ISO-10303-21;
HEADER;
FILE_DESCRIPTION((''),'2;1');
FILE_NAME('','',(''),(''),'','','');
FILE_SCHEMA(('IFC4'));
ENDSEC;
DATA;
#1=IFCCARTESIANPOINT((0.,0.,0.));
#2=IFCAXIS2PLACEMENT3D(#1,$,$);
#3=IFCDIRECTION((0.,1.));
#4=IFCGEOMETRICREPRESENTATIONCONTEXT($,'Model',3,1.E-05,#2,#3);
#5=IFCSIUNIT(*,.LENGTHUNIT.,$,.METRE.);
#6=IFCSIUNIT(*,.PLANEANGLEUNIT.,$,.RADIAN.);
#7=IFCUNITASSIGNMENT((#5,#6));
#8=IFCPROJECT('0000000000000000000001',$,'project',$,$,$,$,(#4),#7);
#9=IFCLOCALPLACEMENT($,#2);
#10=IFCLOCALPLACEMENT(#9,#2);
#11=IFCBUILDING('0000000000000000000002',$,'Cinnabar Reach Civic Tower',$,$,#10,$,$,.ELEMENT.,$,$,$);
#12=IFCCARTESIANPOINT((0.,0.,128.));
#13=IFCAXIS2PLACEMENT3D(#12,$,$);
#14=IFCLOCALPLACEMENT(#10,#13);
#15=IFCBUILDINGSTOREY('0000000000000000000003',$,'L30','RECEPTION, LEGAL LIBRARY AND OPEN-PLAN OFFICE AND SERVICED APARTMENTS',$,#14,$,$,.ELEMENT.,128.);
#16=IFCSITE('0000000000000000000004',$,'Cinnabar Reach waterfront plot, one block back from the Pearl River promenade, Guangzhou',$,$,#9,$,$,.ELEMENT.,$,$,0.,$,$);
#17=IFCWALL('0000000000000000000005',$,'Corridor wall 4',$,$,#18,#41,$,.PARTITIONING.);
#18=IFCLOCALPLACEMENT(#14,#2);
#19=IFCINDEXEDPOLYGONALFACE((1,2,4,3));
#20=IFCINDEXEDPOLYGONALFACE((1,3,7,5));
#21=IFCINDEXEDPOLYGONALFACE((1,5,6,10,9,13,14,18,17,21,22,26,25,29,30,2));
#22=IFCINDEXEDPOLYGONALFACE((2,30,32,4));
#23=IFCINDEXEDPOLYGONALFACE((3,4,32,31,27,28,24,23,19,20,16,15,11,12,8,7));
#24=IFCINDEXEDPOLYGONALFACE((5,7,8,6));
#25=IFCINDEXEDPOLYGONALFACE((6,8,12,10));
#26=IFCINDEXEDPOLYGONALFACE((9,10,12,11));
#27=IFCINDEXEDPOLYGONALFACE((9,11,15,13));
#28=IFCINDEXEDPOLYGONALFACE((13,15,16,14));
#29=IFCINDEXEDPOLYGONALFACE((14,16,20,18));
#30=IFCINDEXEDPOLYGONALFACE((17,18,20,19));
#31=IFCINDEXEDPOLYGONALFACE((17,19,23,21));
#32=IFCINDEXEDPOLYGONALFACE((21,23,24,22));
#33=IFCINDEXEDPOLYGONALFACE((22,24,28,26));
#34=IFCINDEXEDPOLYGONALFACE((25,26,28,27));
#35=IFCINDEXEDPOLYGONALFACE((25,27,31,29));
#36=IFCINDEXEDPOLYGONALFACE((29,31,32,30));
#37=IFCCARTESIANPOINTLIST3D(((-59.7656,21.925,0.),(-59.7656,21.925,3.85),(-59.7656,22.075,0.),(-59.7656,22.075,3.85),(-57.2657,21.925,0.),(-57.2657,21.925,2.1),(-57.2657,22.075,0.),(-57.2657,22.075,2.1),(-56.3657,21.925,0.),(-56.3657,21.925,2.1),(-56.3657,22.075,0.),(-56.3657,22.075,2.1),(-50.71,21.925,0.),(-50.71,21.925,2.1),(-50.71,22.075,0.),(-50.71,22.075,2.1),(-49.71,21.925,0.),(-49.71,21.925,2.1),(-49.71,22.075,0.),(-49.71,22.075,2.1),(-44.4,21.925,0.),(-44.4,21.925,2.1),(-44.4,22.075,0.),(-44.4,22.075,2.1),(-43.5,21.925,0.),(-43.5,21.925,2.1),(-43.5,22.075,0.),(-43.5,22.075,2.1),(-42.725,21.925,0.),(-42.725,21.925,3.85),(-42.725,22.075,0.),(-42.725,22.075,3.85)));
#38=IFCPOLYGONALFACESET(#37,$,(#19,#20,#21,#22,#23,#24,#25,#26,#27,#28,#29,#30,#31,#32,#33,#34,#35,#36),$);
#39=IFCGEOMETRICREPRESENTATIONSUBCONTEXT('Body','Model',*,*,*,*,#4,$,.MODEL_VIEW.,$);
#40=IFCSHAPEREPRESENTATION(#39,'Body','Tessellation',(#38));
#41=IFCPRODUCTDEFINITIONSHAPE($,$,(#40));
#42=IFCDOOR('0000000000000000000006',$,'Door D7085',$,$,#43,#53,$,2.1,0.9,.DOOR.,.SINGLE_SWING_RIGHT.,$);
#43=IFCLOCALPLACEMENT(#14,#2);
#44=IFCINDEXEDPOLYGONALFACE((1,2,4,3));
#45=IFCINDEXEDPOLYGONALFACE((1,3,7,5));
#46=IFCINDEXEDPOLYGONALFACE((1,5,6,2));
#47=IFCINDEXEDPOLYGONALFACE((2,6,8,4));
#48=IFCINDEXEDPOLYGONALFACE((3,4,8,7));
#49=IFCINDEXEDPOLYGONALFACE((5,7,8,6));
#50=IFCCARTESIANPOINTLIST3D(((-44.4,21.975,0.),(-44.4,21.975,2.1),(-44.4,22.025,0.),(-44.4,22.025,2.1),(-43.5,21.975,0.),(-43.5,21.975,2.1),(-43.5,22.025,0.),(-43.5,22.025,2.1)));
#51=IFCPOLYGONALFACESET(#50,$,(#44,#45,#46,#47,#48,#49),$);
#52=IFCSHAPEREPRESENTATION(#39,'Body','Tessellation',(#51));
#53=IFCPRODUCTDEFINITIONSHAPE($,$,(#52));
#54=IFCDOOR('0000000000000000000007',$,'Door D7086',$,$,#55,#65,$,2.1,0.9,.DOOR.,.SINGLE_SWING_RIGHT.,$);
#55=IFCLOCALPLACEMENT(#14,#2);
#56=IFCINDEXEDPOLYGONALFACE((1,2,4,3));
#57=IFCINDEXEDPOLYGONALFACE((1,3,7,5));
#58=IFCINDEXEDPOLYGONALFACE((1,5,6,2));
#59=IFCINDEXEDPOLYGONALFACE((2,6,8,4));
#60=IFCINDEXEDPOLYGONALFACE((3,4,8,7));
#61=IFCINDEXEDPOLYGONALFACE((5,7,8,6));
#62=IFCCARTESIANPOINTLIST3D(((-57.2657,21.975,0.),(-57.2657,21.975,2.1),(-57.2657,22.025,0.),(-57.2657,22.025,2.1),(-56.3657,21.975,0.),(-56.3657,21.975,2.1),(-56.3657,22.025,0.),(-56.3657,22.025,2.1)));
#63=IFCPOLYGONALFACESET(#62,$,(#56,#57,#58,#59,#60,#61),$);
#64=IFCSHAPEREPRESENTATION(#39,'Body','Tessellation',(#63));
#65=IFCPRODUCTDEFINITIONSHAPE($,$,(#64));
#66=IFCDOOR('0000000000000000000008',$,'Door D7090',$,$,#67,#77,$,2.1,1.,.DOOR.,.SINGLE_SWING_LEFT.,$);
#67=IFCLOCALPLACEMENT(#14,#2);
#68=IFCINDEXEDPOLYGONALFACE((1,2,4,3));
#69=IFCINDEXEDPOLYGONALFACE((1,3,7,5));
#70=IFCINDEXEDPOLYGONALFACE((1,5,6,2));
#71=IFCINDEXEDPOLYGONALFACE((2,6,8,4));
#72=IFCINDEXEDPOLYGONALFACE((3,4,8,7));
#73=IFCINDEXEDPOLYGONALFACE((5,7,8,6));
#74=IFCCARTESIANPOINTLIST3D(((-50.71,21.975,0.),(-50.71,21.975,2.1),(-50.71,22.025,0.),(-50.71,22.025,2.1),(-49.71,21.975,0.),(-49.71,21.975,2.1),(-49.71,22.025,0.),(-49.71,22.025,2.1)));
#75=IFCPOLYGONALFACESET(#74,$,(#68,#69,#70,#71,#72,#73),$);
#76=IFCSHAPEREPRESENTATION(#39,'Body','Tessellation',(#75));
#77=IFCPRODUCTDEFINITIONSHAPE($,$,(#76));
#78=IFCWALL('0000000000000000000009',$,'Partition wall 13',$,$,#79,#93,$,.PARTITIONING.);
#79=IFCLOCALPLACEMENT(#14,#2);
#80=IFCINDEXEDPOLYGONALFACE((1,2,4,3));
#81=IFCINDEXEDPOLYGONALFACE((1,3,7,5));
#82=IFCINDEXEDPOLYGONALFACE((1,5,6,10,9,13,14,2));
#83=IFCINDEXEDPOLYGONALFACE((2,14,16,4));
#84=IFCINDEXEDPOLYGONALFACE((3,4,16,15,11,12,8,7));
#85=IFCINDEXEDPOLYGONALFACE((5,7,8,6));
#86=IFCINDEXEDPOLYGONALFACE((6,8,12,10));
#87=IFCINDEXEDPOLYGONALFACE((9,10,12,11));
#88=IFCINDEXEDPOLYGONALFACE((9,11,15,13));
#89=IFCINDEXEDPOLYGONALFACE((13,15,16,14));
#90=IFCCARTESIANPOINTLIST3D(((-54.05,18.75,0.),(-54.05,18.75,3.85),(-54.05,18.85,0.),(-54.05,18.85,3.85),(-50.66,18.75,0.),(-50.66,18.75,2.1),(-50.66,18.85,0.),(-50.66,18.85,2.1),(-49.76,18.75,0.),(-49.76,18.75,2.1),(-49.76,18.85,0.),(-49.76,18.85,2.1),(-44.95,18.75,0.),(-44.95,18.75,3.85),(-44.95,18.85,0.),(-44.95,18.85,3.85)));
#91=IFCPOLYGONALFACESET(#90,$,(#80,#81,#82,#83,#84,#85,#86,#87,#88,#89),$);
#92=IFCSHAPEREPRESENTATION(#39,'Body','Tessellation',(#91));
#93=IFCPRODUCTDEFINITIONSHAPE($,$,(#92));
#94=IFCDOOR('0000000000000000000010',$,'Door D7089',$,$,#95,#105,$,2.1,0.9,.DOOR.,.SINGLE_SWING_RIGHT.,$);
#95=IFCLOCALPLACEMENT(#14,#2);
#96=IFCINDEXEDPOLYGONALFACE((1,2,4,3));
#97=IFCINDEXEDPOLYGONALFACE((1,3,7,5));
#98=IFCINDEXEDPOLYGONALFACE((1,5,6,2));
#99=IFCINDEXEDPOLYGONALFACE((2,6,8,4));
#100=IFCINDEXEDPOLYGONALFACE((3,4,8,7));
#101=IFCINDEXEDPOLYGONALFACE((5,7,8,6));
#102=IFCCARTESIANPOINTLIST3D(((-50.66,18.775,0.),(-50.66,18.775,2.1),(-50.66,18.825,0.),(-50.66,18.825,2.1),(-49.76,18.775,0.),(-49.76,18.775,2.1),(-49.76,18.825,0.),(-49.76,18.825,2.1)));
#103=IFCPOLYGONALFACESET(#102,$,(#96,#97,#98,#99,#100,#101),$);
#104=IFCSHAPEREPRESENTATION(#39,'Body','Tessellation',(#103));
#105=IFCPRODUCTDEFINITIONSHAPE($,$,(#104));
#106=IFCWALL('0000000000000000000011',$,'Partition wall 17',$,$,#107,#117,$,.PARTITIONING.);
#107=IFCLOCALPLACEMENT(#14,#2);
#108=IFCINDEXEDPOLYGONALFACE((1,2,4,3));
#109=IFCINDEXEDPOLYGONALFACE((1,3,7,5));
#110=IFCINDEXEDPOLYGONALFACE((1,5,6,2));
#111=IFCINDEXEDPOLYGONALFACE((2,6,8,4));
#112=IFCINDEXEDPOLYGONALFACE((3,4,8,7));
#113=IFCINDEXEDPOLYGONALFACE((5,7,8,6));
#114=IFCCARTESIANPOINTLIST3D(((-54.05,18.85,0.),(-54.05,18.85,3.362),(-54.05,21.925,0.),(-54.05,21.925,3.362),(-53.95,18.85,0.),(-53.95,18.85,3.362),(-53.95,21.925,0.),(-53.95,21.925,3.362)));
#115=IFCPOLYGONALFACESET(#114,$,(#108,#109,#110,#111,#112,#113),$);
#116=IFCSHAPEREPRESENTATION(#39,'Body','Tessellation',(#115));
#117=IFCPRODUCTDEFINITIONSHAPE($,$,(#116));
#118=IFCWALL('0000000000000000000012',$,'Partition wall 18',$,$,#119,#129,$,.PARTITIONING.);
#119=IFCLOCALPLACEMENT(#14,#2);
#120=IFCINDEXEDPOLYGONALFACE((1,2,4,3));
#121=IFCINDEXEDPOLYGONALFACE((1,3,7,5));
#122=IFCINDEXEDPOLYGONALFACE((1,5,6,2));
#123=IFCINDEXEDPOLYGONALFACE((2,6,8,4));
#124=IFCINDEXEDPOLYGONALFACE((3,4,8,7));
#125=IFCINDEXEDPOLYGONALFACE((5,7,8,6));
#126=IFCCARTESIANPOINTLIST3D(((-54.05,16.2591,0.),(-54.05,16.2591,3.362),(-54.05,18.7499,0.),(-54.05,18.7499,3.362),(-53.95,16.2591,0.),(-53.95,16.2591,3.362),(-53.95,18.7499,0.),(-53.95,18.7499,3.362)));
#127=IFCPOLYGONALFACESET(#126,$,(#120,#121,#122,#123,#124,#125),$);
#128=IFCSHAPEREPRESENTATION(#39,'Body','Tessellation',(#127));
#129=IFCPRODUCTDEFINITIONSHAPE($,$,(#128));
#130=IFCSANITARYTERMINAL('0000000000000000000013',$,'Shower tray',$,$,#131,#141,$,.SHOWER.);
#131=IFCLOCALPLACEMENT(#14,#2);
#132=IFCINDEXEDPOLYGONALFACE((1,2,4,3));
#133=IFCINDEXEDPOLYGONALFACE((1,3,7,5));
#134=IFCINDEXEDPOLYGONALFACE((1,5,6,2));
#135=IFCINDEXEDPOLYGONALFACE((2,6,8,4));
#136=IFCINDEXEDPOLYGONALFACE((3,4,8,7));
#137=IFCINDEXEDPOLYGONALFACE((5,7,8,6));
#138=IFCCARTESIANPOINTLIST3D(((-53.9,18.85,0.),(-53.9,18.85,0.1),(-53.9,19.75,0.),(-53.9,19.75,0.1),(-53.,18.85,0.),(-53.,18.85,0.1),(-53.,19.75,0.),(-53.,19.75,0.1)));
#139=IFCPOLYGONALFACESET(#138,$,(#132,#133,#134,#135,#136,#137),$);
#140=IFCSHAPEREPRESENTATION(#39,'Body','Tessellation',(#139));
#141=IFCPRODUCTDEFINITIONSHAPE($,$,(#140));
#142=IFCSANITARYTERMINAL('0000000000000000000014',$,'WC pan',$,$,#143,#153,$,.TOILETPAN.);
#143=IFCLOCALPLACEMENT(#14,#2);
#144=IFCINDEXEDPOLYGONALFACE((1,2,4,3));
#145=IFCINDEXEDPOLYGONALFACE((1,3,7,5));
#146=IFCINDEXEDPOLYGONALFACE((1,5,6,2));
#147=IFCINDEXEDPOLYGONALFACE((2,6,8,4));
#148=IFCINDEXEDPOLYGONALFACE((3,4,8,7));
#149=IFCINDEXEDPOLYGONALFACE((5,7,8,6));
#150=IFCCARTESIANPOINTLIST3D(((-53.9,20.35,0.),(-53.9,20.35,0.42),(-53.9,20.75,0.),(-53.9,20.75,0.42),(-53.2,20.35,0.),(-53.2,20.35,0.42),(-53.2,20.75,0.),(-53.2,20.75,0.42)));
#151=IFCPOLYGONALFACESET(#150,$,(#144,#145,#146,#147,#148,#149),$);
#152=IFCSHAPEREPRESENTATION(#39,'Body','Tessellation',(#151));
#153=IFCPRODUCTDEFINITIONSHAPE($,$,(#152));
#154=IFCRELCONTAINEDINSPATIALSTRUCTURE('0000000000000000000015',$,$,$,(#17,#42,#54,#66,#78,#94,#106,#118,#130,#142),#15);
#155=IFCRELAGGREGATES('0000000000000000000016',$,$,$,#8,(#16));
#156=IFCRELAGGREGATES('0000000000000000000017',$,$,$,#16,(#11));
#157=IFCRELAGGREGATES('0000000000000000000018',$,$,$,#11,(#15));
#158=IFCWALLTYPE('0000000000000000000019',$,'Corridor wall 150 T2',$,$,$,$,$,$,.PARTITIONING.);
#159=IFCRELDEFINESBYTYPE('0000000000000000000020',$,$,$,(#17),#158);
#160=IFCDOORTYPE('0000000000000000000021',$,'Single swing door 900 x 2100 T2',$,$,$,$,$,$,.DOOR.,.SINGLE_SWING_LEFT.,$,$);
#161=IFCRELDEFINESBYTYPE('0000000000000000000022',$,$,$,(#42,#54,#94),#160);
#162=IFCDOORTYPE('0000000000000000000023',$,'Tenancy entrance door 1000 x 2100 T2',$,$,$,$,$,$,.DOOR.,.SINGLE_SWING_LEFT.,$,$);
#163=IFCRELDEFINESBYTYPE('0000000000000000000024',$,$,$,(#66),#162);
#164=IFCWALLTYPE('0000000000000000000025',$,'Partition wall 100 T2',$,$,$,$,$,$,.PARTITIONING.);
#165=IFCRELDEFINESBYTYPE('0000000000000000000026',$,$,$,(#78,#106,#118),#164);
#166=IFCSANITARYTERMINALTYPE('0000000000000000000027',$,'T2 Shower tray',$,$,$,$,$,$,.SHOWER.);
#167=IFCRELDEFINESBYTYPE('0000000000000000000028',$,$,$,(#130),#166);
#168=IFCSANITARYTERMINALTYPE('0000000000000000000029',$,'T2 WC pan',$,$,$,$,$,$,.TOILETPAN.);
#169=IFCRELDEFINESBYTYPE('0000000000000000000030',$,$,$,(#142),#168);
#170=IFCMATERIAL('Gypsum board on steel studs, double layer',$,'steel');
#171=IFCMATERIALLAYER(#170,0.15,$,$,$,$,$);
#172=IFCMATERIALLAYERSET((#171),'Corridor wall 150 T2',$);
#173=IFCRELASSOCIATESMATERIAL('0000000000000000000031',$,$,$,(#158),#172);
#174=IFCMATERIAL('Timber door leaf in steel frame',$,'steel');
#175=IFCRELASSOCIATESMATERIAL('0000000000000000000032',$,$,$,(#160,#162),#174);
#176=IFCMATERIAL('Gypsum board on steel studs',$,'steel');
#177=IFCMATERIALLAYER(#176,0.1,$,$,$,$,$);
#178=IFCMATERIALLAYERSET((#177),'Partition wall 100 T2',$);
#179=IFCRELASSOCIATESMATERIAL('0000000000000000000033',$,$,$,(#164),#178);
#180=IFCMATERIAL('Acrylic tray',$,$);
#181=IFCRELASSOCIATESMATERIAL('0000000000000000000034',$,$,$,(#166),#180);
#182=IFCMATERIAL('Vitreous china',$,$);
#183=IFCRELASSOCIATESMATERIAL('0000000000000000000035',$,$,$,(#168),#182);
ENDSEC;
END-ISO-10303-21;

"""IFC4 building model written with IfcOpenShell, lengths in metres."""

from ifc_helpers import new_model, si_unit, direction, frame, frame_2d, origin, origin_2d, place, context, subcontext, project, spatial, rectangle, extrude, material, layer, layer_set, type_object, element, fill, save


model = new_model("IFC4")

# Units and contexts
model_context = context("Model", 3, precision=1e-05, world=origin(), true_north=direction((0.0, 1.0)))
body_context = subcontext(model_context, "Body", "Model", "MODEL_VIEW")
ifc_project = project(units=[si_unit("LENGTHUNIT", "METRE"), si_unit("PLANEANGLEUNIT", "RADIAN")], contexts=[model_context])

# Site, building, storey
site_placement = place(None, origin())
site = spatial("IfcSite", under=ifc_project, at=site_placement, Name="Cinnabar Reach waterfront plot, one block back from the Pearl River promenade, Guangzhou", CompositionType="ELEMENT", RefElevation=0.0)
building_placement = place(site_placement, origin())
building = spatial("IfcBuilding", under=site, at=building_placement, Name="Cinnabar Reach Civic Tower", CompositionType="ELEMENT")
storey_placement = place(building_placement, frame((0.0, 0.0, 128.0)))
storey = spatial("IfcBuildingStorey", under=building, at=storey_placement, Name="L30", Description="RECEPTION, LEGAL LIBRARY AND OPEN-PLAN OFFICE AND SERVICED APARTMENTS", CompositionType="ELEMENT", Elevation=128.0)

# Wall, openings, doors
ifc_material_1 = material(Name="Gypsum board on steel studs, double layer", Category="steel")
ifc_layer_1 = layer(ifc_material_1, 0.15)
ifc_layer_set_1 = layer_set([ifc_layer_1], Name="Corridor wall 150 T2")
wall_type_1 = type_object("IfcWallType", Name="Corridor wall 150 T2", PredefinedType="PARTITIONING", material=ifc_layer_set_1)
wall_1_placement = place(storey_placement, frame((-59.7657, 22.0, 0.0), z_axis=(0.0, 0.0, 1.0), x_axis=(1.0, 0.0, 0.0)))
wall_1 = element("IfcWall", 1, at=wall_1_placement, inside=storey, type_object=wall_type_1, Name="Corridor wall 4", PredefinedType="PARTITIONING", context=body_context, shape_type="SweptSolid", body=[
    extrude(rectangle(XDim=17.0407, YDim=0.15, at=frame_2d((8.5204, 0.0))), origin(), (0.0, 0.0, 1.0), 3.85),
])
opening_1_placement = place(wall_1_placement, frame((15.3657, 0.0, 0.0)))
opening_1 = element("IfcOpeningElement", 2, at=opening_1_placement, cuts=wall_1, PredefinedType="OPENING", context=body_context, shape_type="SweptSolid", body=[
    extrude(rectangle(XDim=0.9, YDim=2.1, at=frame_2d((0.45, 1.05))), frame((0.0, 0.085, 0.0), z_axis=(0.0, -1.0, 0.0), x_axis=(1.0, 0.0, 0.0)), (0.0, 0.0, 1.0), 0.17),
])
opening_2_placement = place(wall_1_placement, frame((2.5, 0.0, 0.0)))
opening_2 = element("IfcOpeningElement", 3, at=opening_2_placement, cuts=wall_1, PredefinedType="OPENING", context=body_context, shape_type="SweptSolid", body=[
    extrude(rectangle(XDim=0.9, YDim=2.1, at=frame_2d((0.45, 1.05))), frame((0.0, 0.085, 0.0), z_axis=(0.0, -1.0, 0.0), x_axis=(1.0, 0.0, 0.0)), (0.0, 0.0, 1.0), 0.17),
])
opening_3_placement = place(wall_1_placement, frame((9.0557, 0.0, 0.0)))
opening_3 = element("IfcOpeningElement", 4, at=opening_3_placement, cuts=wall_1, PredefinedType="OPENING", context=body_context, shape_type="SweptSolid", body=[
    extrude(rectangle(XDim=1.0, YDim=2.1, at=frame_2d((0.5, 1.05))), frame((0.0, 0.085, 0.0), z_axis=(0.0, -1.0, 0.0), x_axis=(1.0, 0.0, 0.0)), (0.0, 0.0, 1.0), 0.17),
])
ifc_material_2 = material(Name="Timber door leaf in steel frame", Category="steel")
door_type_1 = type_object("IfcDoorType", Name="Single swing door 900 x 2100 T2", OperationType="SINGLE_SWING_LEFT", PredefinedType="DOOR", material=ifc_material_2)
door_1_placement = place(opening_1_placement, frame((0.9, 0.0, 0.0), z_axis=(0.0, 0.0, 1.0), x_axis=(-1.0, 0.0, 0.0)))
door_1 = element("IfcDoor", 5, at=door_1_placement, inside=storey, type_object=door_type_1, Name="Door D7085", OperationType="SINGLE_SWING_RIGHT", OverallHeight=2.1, OverallWidth=0.9, PredefinedType="DOOR", context=body_context, shape_type="SweptSolid", body=[
    extrude(rectangle(XDim=0.9, YDim=2.1, at=frame_2d((0.45, 1.05))), frame((0.0, 0.025, 0.0), z_axis=(0.0, -1.0, 0.0), x_axis=(1.0, 0.0, 0.0)), (0.0, 0.0, 1.0), 0.05),
])
fill(opening_1, door_1)
door_2_placement = place(opening_2_placement, frame((0.9, 0.0, 0.0), z_axis=(0.0, 0.0, 1.0), x_axis=(-1.0, 0.0, 0.0)))
door_2 = element("IfcDoor", 6, at=door_2_placement, inside=storey, type_object=door_type_1, Name="Door D7086", OperationType="SINGLE_SWING_RIGHT", OverallHeight=2.1, OverallWidth=0.9, PredefinedType="DOOR", context=body_context, shape_type="SweptSolid", body=[
    extrude(rectangle(XDim=0.9, YDim=2.1, at=frame_2d((0.45, 1.05))), frame((0.0, 0.025, 0.0), z_axis=(0.0, -1.0, 0.0), x_axis=(1.0, 0.0, 0.0)), (0.0, 0.0, 1.0), 0.05),
])
fill(opening_2, door_2)
door_type_2 = type_object("IfcDoorType", Name="Tenancy entrance door 1000 x 2100 T2", OperationType="SINGLE_SWING_LEFT", PredefinedType="DOOR", material=ifc_material_2)
door_3_placement = place(opening_3_placement, frame((1.0, 0.0, 0.0), z_axis=(0.0, 0.0, 1.0), x_axis=(-1.0, 0.0, 0.0)))
door_3 = element("IfcDoor", 7, at=door_3_placement, inside=storey, type_object=door_type_2, Name="Door D7090", OperationType="SINGLE_SWING_LEFT", OverallHeight=2.1, OverallWidth=1.0, PredefinedType="DOOR", context=body_context, shape_type="SweptSolid", body=[
    extrude(rectangle(XDim=1.0, YDim=2.1, at=frame_2d((0.5, 1.05))), frame((0.0, 0.025, 0.0), z_axis=(0.0, -1.0, 0.0), x_axis=(1.0, 0.0, 0.0)), (0.0, 0.0, 1.0), 0.05),
])
fill(opening_3, door_3)

# Wall, opening, door
ifc_material_3 = material(Name="Gypsum board on steel studs", Category="steel")
ifc_layer_2 = layer(ifc_material_3, 0.1)
ifc_layer_set_2 = layer_set([ifc_layer_2], Name="Partition wall 100 T2")
wall_type_2 = type_object("IfcWallType", Name="Partition wall 100 T2", PredefinedType="PARTITIONING", material=ifc_layer_set_2)
wall_2_placement = place(storey_placement, frame((-54.05, 18.8, 0.0), z_axis=(0.0, 0.0, 1.0), x_axis=(1.0, 0.0, 0.0)))
wall_2 = element("IfcWall", 8, at=wall_2_placement, inside=storey, type_object=wall_type_2, Name="Partition wall 13", PredefinedType="PARTITIONING", context=body_context, shape_type="SweptSolid", body=[
    extrude(rectangle(XDim=9.1, YDim=0.1, at=frame_2d((4.55, 0.0))), origin(), (0.0, 0.0, 1.0), 3.85),
])
opening_4_placement = place(wall_2_placement, frame((3.39, 0.0, 0.0)))
opening_4 = element("IfcOpeningElement", 9, at=opening_4_placement, cuts=wall_2, PredefinedType="OPENING", context=body_context, shape_type="SweptSolid", body=[
    extrude(rectangle(XDim=0.9, YDim=2.1, at=frame_2d((0.45, 1.05))), frame((0.0, 0.06, 0.0), z_axis=(0.0, -1.0, 0.0), x_axis=(1.0, 0.0, 0.0)), (0.0, 0.0, 1.0), 0.12),
])
door_4_placement = place(opening_4_placement, origin())
door_4 = element("IfcDoor", 10, at=door_4_placement, inside=storey, type_object=door_type_1, Name="Door D7089", OperationType="SINGLE_SWING_RIGHT", OverallHeight=2.1, OverallWidth=0.9, PredefinedType="DOOR", context=body_context, shape_type="SweptSolid", body=[
    extrude(rectangle(XDim=0.9, YDim=2.1, at=frame_2d((0.45, 1.05))), frame((0.0, 0.025, 0.0), z_axis=(0.0, -1.0, 0.0), x_axis=(1.0, 0.0, 0.0)), (0.0, 0.0, 1.0), 0.05),
])
fill(opening_4, door_4)

# Walls
wall_3_placement = place(storey_placement, frame((-54.0, 18.85, 0.0), z_axis=(0.0, 0.0, 1.0), x_axis=(0.0, 1.0, 0.0)))
element("IfcWall", 11, at=wall_3_placement, inside=storey, type_object=wall_type_2, Name="Partition wall 17", PredefinedType="PARTITIONING", context=body_context, shape_type="SweptSolid", body=[
    extrude(rectangle(XDim=3.075, YDim=0.1, at=frame_2d((1.5375, 0.0))), origin(), (0.0, 0.0, 1.0), 3.362),
])
wall_4_placement = place(storey_placement, frame((-54.0, 16.2591, 0.0), z_axis=(0.0, 0.0, 1.0), x_axis=(0.0, 1.0, 0.0)))
element("IfcWall", 12, at=wall_4_placement, inside=storey, type_object=wall_type_2, Name="Partition wall 18", PredefinedType="PARTITIONING", context=body_context, shape_type="SweptSolid", body=[
    extrude(rectangle(XDim=2.4909, YDim=0.1, at=frame_2d((1.2454, 0.0))), origin(), (0.0, 0.0, 1.0), 3.362),
])

# Sanitary terminals
ifc_material_4 = material(Name="Acrylic tray")
sanitary_terminal_type_1 = type_object("IfcSanitaryTerminalType", Name="T2 Shower tray", PredefinedType="SHOWER", material=ifc_material_4)
sanitary_terminal_1_placement = place(storey_placement, frame((-53.45, 19.3, 0.0), z_axis=(0.0, 0.0, 1.0), x_axis=(1.0, 0.0, 0.0)))
element("IfcSanitaryTerminal", 13, at=sanitary_terminal_1_placement, inside=storey, type_object=sanitary_terminal_type_1, Name="Shower tray", PredefinedType="SHOWER", context=body_context, shape_type="SweptSolid", body=[
    extrude(rectangle(XDim=0.9, YDim=0.9, at=origin_2d()), origin(), (0.0, 0.0, 1.0), 0.1),
])
ifc_material_5 = material(Name="Vitreous china")
sanitary_terminal_type_2 = type_object("IfcSanitaryTerminalType", Name="T2 WC pan", PredefinedType="TOILETPAN", material=ifc_material_5)
sanitary_terminal_2_placement = place(storey_placement, frame((-53.55, 20.55, 0.0), z_axis=(0.0, 0.0, 1.0), x_axis=(1.0, 0.0, 0.0)))
element("IfcSanitaryTerminal", 14, at=sanitary_terminal_2_placement, inside=storey, type_object=sanitary_terminal_type_2, Name="WC pan", PredefinedType="TOILETPAN", context=body_context, shape_type="SweptSolid", body=[
    extrude(rectangle(XDim=0.7, YDim=0.4, at=origin_2d()), origin(), (0.0, 0.0, 1.0), 0.42),
])

save(model, "model.ifc")
